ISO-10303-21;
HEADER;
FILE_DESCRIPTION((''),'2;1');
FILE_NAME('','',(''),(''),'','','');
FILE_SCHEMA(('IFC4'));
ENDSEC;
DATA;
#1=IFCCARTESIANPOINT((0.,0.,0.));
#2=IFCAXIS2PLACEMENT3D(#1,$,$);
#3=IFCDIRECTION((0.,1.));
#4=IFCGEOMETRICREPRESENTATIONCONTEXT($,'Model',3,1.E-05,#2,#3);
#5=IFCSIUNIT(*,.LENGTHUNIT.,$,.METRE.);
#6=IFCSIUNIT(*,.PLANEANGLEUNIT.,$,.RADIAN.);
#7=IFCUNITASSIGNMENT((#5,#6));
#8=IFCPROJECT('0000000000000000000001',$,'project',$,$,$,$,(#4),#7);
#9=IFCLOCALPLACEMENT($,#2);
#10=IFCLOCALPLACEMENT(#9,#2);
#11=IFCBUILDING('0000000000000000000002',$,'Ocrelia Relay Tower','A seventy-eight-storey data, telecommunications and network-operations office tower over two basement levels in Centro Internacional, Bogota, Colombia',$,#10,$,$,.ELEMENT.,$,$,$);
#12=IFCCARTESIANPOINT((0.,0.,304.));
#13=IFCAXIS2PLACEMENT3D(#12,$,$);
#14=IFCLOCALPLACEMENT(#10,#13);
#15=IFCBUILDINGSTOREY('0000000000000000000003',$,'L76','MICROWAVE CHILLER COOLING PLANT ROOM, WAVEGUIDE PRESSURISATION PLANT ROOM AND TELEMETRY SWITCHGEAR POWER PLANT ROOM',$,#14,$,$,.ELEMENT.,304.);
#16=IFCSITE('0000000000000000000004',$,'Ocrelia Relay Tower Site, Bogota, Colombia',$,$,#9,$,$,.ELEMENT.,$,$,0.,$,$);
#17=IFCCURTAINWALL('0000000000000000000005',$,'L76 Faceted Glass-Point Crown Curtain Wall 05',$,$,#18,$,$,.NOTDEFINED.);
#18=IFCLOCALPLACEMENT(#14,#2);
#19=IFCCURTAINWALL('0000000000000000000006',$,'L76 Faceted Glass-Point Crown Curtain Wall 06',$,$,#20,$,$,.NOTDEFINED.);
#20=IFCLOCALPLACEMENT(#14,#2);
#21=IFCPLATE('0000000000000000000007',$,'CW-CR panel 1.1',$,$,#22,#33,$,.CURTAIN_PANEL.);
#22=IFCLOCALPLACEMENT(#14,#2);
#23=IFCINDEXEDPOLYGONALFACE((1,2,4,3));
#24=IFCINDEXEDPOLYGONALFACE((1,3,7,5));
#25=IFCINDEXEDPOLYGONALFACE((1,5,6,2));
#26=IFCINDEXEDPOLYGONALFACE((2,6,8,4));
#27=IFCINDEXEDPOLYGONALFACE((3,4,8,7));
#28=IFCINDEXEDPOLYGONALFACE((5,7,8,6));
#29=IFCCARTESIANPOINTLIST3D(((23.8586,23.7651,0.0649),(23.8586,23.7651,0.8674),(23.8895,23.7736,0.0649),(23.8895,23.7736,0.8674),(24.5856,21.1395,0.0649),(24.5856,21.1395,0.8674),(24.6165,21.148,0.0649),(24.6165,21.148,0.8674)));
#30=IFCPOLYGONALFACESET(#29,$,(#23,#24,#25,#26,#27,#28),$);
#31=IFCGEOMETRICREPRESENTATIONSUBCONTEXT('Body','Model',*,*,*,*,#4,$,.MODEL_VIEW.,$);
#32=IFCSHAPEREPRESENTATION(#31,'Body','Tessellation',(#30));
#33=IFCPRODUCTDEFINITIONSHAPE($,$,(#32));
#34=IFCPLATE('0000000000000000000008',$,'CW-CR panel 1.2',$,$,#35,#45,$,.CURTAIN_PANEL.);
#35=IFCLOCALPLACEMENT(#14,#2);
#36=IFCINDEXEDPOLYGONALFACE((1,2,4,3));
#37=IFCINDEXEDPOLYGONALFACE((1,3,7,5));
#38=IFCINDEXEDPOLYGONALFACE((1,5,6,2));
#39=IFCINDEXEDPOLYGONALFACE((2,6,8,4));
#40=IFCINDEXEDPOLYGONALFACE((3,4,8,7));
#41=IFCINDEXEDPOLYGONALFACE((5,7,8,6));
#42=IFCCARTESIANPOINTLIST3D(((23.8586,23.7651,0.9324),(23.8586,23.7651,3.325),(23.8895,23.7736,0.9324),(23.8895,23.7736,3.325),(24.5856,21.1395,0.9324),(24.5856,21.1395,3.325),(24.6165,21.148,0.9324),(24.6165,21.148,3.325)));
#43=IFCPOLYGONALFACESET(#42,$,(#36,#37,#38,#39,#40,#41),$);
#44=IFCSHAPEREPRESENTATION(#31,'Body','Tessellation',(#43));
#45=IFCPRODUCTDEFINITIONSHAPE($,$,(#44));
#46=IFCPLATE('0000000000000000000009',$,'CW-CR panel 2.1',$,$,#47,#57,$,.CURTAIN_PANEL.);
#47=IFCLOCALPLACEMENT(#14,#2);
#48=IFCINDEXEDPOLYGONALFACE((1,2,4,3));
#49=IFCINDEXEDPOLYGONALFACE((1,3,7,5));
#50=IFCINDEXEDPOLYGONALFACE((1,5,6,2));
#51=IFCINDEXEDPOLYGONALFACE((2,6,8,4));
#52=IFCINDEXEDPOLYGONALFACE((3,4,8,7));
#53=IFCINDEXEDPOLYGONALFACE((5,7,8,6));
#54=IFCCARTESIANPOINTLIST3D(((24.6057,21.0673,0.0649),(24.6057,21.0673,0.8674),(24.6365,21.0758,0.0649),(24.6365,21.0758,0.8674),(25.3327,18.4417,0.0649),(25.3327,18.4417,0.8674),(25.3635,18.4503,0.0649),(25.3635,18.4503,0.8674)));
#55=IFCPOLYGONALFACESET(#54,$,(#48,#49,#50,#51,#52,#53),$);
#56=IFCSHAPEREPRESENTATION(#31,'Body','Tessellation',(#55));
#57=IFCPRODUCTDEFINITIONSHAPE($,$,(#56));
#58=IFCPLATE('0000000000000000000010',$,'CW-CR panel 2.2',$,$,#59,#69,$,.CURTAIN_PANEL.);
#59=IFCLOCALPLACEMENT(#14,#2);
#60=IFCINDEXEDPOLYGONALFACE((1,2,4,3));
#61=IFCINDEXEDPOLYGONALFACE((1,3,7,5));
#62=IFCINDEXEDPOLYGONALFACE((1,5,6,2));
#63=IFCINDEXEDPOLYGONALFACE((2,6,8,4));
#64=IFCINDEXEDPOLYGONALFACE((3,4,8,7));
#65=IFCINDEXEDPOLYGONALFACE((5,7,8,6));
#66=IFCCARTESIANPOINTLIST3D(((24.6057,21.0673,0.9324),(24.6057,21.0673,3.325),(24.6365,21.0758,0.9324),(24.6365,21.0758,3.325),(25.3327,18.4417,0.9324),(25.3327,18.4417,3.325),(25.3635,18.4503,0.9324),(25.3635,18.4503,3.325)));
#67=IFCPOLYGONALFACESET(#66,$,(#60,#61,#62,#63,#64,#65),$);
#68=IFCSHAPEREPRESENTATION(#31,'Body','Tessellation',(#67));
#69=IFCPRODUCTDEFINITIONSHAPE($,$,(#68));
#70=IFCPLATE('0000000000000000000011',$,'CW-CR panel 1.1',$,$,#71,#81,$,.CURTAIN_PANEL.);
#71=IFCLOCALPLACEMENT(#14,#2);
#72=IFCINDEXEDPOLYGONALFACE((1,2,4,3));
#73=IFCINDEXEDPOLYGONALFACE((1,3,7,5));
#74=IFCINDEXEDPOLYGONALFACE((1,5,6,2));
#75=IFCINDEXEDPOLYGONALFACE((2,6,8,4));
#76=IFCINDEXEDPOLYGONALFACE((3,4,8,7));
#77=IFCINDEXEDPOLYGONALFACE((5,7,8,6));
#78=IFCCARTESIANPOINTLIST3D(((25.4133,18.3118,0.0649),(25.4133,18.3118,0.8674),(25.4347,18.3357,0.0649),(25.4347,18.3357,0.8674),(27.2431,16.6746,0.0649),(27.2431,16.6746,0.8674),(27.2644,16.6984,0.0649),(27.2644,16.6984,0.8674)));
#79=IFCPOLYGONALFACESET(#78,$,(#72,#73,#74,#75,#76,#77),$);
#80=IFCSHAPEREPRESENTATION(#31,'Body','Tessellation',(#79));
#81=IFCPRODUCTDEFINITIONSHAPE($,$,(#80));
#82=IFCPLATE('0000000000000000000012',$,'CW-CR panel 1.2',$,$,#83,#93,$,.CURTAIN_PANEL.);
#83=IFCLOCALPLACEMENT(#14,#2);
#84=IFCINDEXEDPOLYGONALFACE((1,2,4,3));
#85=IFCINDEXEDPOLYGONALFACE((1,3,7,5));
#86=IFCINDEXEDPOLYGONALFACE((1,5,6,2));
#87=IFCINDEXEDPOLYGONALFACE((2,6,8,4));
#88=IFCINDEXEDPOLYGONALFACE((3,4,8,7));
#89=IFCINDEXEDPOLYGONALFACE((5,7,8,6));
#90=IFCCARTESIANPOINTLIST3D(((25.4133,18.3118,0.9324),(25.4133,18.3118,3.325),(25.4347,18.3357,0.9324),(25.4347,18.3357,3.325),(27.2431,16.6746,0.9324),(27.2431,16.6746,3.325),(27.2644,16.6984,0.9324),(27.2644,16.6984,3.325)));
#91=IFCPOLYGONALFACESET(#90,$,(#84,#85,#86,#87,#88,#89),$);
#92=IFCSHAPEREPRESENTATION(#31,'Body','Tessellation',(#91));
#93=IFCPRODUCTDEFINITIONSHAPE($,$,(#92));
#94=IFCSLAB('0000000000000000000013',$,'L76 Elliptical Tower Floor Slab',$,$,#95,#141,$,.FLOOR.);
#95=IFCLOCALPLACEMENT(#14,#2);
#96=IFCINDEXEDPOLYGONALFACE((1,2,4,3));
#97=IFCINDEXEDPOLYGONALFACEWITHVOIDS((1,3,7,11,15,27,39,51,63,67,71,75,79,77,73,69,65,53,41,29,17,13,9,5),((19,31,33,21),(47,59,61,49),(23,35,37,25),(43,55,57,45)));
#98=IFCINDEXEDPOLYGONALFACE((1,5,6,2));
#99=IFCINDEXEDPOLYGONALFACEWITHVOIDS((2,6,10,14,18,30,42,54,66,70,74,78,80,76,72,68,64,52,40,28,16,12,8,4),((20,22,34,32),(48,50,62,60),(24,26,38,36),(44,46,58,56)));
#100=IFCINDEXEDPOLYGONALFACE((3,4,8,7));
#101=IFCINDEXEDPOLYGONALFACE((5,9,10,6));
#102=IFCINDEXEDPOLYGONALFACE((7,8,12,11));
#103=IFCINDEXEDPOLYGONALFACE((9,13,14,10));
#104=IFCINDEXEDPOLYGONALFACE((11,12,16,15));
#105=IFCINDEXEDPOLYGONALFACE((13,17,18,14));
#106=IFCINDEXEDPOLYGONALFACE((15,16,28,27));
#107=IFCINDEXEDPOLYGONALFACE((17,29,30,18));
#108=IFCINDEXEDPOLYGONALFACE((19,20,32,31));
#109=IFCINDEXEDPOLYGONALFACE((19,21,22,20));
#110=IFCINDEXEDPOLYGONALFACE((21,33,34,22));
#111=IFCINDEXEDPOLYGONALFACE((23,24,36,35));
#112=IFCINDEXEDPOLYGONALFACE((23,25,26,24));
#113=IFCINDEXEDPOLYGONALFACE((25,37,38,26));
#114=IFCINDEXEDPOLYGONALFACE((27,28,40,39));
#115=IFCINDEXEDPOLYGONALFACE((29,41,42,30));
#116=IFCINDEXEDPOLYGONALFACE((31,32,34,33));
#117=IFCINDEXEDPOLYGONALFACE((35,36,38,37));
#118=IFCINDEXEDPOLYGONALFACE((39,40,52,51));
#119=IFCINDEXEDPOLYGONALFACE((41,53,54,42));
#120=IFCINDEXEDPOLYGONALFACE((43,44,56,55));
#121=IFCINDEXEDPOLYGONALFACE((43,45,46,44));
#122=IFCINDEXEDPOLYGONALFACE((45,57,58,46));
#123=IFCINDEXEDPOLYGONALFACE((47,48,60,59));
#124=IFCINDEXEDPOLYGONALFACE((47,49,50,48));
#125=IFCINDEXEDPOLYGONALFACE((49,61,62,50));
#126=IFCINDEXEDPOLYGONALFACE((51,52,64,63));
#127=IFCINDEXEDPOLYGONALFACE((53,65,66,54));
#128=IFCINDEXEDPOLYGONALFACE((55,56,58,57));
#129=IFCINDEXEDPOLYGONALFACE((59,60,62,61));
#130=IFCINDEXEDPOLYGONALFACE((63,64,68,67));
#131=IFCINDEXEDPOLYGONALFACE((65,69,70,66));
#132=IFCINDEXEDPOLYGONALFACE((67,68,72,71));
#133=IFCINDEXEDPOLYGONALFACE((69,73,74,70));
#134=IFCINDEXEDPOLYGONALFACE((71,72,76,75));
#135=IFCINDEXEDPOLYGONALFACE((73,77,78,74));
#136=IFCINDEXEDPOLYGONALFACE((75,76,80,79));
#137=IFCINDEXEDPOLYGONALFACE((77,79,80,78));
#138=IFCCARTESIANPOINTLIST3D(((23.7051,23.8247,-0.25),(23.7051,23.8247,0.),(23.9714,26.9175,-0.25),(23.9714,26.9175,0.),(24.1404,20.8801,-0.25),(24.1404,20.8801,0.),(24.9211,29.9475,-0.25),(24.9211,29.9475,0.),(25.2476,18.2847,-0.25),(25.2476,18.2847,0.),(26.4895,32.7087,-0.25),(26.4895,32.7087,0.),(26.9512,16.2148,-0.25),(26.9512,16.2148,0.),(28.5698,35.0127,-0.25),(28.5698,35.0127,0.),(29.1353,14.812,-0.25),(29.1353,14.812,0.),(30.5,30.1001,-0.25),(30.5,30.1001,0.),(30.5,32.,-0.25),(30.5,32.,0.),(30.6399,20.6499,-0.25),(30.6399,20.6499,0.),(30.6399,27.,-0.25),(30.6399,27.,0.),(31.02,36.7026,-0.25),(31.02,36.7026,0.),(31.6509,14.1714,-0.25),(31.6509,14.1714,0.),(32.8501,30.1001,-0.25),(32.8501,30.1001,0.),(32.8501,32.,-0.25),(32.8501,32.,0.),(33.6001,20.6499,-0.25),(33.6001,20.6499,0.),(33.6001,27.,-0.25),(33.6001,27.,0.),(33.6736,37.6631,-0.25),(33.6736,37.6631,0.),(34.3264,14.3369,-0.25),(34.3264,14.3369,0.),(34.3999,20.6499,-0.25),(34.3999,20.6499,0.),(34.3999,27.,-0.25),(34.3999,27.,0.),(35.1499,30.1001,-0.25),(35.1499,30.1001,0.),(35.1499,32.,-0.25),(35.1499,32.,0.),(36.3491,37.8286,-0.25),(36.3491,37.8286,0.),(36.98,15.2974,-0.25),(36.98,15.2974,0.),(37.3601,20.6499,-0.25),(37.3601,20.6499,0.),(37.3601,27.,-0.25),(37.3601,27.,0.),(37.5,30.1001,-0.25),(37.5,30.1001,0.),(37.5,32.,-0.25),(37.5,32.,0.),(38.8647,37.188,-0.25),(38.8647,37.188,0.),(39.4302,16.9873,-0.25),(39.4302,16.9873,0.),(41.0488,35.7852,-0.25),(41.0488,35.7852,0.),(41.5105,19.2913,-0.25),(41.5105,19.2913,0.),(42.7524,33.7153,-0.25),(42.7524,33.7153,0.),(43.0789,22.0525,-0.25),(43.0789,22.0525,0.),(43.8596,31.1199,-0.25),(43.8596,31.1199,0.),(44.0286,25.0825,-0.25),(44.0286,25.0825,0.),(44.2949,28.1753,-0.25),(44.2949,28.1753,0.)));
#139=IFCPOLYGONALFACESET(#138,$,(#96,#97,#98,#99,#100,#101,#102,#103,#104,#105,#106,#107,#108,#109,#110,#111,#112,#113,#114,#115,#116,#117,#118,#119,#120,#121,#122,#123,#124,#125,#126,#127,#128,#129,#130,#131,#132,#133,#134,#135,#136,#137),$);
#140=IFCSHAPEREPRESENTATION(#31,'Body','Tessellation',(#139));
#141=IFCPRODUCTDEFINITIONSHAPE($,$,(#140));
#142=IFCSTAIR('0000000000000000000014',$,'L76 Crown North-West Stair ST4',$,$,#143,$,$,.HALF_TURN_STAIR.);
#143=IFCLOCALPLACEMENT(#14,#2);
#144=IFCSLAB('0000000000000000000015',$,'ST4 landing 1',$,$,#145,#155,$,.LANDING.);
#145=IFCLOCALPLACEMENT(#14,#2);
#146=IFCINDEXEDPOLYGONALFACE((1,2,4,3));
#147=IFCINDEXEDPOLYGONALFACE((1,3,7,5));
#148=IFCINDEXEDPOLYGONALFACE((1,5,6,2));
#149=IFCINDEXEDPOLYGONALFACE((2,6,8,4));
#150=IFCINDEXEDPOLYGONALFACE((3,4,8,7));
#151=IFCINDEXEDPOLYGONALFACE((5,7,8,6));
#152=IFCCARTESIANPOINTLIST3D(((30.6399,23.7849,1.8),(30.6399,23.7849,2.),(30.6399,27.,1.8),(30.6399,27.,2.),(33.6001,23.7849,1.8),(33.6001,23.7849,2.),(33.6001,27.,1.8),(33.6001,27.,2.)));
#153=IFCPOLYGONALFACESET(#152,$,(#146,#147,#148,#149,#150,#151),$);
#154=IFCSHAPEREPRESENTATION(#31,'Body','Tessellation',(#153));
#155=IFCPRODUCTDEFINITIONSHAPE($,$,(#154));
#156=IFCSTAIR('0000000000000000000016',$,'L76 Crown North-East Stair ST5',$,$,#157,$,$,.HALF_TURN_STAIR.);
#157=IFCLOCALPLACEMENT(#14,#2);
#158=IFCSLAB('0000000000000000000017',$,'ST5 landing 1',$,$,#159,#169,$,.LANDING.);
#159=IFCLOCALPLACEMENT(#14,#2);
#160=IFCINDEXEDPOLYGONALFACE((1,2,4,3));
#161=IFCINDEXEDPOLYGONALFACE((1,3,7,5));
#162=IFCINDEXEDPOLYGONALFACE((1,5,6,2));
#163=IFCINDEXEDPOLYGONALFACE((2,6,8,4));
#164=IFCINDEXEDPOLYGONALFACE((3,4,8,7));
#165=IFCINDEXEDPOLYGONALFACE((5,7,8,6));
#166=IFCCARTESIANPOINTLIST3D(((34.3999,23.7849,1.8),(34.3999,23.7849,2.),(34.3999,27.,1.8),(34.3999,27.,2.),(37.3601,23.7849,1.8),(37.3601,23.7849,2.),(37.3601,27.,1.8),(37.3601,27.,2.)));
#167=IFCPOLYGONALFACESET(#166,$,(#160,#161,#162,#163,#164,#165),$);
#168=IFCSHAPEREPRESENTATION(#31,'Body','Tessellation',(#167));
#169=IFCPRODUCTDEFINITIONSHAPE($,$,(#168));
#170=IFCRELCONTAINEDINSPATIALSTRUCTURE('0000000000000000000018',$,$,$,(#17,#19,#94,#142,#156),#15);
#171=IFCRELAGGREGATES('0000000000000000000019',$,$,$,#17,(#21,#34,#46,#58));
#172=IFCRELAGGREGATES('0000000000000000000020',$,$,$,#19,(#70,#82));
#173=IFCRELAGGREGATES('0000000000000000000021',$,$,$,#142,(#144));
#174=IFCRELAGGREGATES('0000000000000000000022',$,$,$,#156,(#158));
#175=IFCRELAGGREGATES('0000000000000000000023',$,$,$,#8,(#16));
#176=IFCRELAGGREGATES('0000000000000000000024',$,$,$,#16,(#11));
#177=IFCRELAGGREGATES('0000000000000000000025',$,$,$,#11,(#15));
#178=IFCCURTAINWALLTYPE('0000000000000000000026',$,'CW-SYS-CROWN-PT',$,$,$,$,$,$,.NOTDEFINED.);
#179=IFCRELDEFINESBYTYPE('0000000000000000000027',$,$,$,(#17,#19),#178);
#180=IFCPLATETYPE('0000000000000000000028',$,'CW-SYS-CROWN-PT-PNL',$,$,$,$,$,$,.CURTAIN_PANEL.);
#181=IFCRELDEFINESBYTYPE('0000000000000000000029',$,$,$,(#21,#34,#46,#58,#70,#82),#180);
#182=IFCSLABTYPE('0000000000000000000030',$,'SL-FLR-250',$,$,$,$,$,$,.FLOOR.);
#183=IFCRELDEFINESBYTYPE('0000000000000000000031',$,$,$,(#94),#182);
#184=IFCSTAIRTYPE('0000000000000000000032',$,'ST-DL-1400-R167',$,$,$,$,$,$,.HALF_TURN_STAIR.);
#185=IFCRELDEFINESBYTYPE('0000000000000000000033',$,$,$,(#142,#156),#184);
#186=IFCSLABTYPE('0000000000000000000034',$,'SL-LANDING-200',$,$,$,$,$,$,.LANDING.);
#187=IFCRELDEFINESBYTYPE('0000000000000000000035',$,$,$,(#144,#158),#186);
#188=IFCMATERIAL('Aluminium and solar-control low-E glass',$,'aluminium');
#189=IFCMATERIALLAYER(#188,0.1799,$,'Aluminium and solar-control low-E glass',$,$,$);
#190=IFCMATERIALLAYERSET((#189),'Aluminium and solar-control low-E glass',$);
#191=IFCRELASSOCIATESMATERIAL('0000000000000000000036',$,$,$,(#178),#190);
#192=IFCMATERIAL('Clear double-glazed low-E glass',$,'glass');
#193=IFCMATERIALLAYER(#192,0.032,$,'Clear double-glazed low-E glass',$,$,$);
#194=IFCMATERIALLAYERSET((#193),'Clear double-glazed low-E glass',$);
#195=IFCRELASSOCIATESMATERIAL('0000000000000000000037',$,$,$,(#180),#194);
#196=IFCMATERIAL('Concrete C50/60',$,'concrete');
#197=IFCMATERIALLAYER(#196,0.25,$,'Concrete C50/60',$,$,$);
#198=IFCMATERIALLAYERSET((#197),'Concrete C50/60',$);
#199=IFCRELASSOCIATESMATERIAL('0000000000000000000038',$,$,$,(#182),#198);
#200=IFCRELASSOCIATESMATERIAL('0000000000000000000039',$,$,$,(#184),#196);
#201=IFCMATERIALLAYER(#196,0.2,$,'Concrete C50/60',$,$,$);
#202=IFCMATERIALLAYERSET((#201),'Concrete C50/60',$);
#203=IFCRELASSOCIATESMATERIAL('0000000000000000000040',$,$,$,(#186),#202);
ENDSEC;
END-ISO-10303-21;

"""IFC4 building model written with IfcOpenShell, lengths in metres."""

from ifc_helpers import new_model, si_unit, direction, frame, origin, origin_2d, place, context, subcontext, project, spatial, polyline, rectangle, outline, extrude, material, layer, layer_set, type_object, element, aggregate, save


model = new_model("IFC4")

# Units and contexts
model_context = context("Model", 3, precision=1e-05, world=origin(), true_north=direction((0.0, 1.0)))
body_context = subcontext(model_context, "Body", "Model", "MODEL_VIEW")
ifc_project = project(units=[si_unit("LENGTHUNIT", "METRE"), si_unit("PLANEANGLEUNIT", "RADIAN")], contexts=[model_context])

# Site, building, storey
site_placement = place(None, origin())
site = spatial("IfcSite", under=ifc_project, at=site_placement, Name="Ocrelia Relay Tower Site, Bogota, Colombia", CompositionType="ELEMENT", RefElevation=0.0)
building_placement = place(site_placement, origin())
building = spatial("IfcBuilding", under=site, at=building_placement, Name="Ocrelia Relay Tower", Description="A seventy-eight-storey data, telecommunications and network-operations office tower over two basement levels in Centro Internacional, Bogota, Colombia", CompositionType="ELEMENT")
storey_placement = place(building_placement, frame((0.0, 0.0, 304.0)))
storey = spatial("IfcBuildingStorey", under=building, at=storey_placement, Name="L76", Description="MICROWAVE CHILLER COOLING PLANT ROOM, WAVEGUIDE PRESSURISATION PLANT ROOM AND TELEMETRY SWITCHGEAR POWER PLANT ROOM", CompositionType="ELEMENT", Elevation=304.0)

# Curtain walls
ifc_material_1 = material(Name="Aluminium and solar-control low-E glass", Category="aluminium")
ifc_layer_1 = layer(ifc_material_1, 0.1799, Name="Aluminium and solar-control low-E glass")
ifc_layer_set_1 = layer_set([ifc_layer_1], Name="Aluminium and solar-control low-E glass")
curtain_wall_type = type_object("IfcCurtainWallType", Name="CW-SYS-CROWN-PT", PredefinedType="NOTDEFINED", material=ifc_layer_set_1)
curtain_wall_1_placement = place(storey_placement, origin())
curtain_wall_1 = element("IfcCurtainWall", 1, at=curtain_wall_1_placement, inside=storey, type_object=curtain_wall_type, Name="L76 Faceted Glass-Point Crown Curtain Wall 05", PredefinedType="NOTDEFINED")
curtain_wall_2_placement = place(storey_placement, origin())
curtain_wall_2 = element("IfcCurtainWall", 2, at=curtain_wall_2_placement, inside=storey, type_object=curtain_wall_type, Name="L76 Faceted Glass-Point Crown Curtain Wall 06", PredefinedType="NOTDEFINED")

# Plates
ifc_material_2 = material(Name="Clear double-glazed low-E glass", Category="glass")
ifc_layer_2 = layer(ifc_material_2, 0.032, Name="Clear double-glazed low-E glass")
ifc_layer_set_2 = layer_set([ifc_layer_2], Name="Clear double-glazed low-E glass")
plate_type = type_object("IfcPlateType", Name="CW-SYS-CROWN-PT-PNL", PredefinedType="CURTAIN_PANEL", material=ifc_layer_set_2)
plate_1_placement = place(storey_placement, frame((24.2375, 22.4565, 0.0649), z_axis=(0.0, 0.0, 1.0), x_axis=(0.266853, -0.963737, 0.0)))
plate_1 = element("IfcPlate", 3, at=plate_1_placement, type_object=plate_type, Name="CW-CR panel 1.1", PredefinedType="CURTAIN_PANEL", context=body_context, shape_type="SweptSolid", body=[
    extrude(rectangle(XDim=2.7244, YDim=0.032, at=origin_2d()), origin(), (0.0, 0.0, 1.0), 0.8025),
])
plate_2_placement = place(storey_placement, frame((24.2375, 22.4565, 0.9324), z_axis=(0.0, 0.0, 1.0), x_axis=(0.266853, -0.963737, 0.0)))
plate_2 = element("IfcPlate", 4, at=plate_2_placement, type_object=plate_type, Name="CW-CR panel 1.2", PredefinedType="CURTAIN_PANEL", context=body_context, shape_type="SweptSolid", body=[
    extrude(rectangle(XDim=2.7244, YDim=0.032, at=origin_2d()), origin(), (0.0, 0.0, 1.0), 2.3926),
])
plate_3_placement = place(storey_placement, frame((24.9846, 19.7588, 0.0649), z_axis=(0.0, 0.0, 1.0), x_axis=(0.266853, -0.963737, 0.0)))
plate_3 = element("IfcPlate", 5, at=plate_3_placement, type_object=plate_type, Name="CW-CR panel 2.1", PredefinedType="CURTAIN_PANEL", context=body_context, shape_type="SweptSolid", body=[
    extrude(rectangle(XDim=2.7244, YDim=0.032, at=origin_2d()), origin(), (0.0, 0.0, 1.0), 0.8025),
])
plate_4_placement = place(storey_placement, frame((24.9846, 19.7588, 0.9324), z_axis=(0.0, 0.0, 1.0), x_axis=(0.266853, -0.963737, 0.0)))
plate_4 = element("IfcPlate", 6, at=plate_4_placement, type_object=plate_type, Name="CW-CR panel 2.2", PredefinedType="CURTAIN_PANEL", context=body_context, shape_type="SweptSolid", body=[
    extrude(rectangle(XDim=2.7244, YDim=0.032, at=origin_2d()), origin(), (0.0, 0.0, 1.0), 2.3926),
])
aggregate(curtain_wall_1, [plate_1, plate_2, plate_3, plate_4])
plate_5_placement = place(storey_placement, frame((26.3389, 17.5051, 0.0649), z_axis=(0.0, 0.0, 1.0), x_axis=(0.745218, -0.666821, 0.0)))
plate_5 = element("IfcPlate", 7, at=plate_5_placement, type_object=plate_type, Name="CW-CR panel 1.1", PredefinedType="CURTAIN_PANEL", context=body_context, shape_type="SweptSolid", body=[
    extrude(rectangle(XDim=2.4553, YDim=0.032, at=origin_2d()), origin(), (0.0, 0.0, 1.0), 0.8025),
])
plate_6_placement = place(storey_placement, frame((26.3389, 17.5051, 0.9324), z_axis=(0.0, 0.0, 1.0), x_axis=(0.745218, -0.666821, 0.0)))
plate_6 = element("IfcPlate", 8, at=plate_6_placement, type_object=plate_type, Name="CW-CR panel 1.2", PredefinedType="CURTAIN_PANEL", context=body_context, shape_type="SweptSolid", body=[
    extrude(rectangle(XDim=2.4553, YDim=0.032, at=origin_2d()), origin(), (0.0, 0.0, 1.0), 2.3926),
])
aggregate(curtain_wall_2, [plate_5, plate_6])

# Slab
ifc_material_3 = material(Name="Concrete C50/60", Category="concrete")
ifc_layer_3 = layer(ifc_material_3, 0.25, Name="Concrete C50/60")
ifc_layer_set_3 = layer_set([ifc_layer_3], Name="Concrete C50/60")
slab_type_1 = type_object("IfcSlabType", Name="SL-FLR-250", PredefinedType="FLOOR", material=ifc_layer_set_3)
slab_1_placement = place(storey_placement, frame((0.0, 0.0, -0.25)))
element("IfcSlab", 9, at=slab_1_placement, inside=storey, type_object=slab_type_1, Name="L76 Elliptical Tower Floor Slab", PredefinedType="FLOOR", context=body_context, shape_type="SweptSolid", body=[
    extrude(outline(polyline([(38.8647, 37.188), (36.3491, 37.8286), (33.6736, 37.6631), (31.02, 36.7026), (28.5698, 35.0127), (26.4895, 32.7087), (24.9211, 29.9475), (23.9714, 26.9175), (23.7051, 23.8247), (24.1404, 20.8801), (25.2476, 18.2847), (26.9512, 16.2148), (29.1353, 14.812), (31.6509, 14.1714), (34.3264, 14.3369), (36.98, 15.2974), (39.4302, 16.9873), (41.5105, 19.2913), (43.0789, 22.0525), (44.0286, 25.0825), (44.2949, 28.1753), (43.8596, 31.1199), (42.7524, 33.7153), (41.0488, 35.7852), (38.8647, 37.188)]), holes=[polyline([(33.6001, 20.6499), (33.6001, 27.0), (30.6399, 27.0), (30.6399, 20.6499), (33.6001, 20.6499)]), polyline([(37.3601, 20.6499), (37.3601, 27.0), (34.3999, 27.0), (34.3999, 20.6499), (37.3601, 20.6499)]), polyline([(30.5, 30.1001), (32.8501, 30.1001), (32.8501, 32.0), (30.5, 32.0), (30.5, 30.1001)]), polyline([(35.1499, 30.1001), (37.5, 30.1001), (37.5, 32.0), (35.1499, 32.0), (35.1499, 30.1001)])]), origin(), (0.0, 0.0, 1.0), 0.25),
])

# Stairs, slabs
stair_type = type_object("IfcStairType", Name="ST-DL-1400-R167", PredefinedType="HALF_TURN_STAIR", material=ifc_material_3)
stair_1_placement = place(storey_placement, origin())
stair_1 = element("IfcStair", 10, at=stair_1_placement, inside=storey, type_object=stair_type, Name="L76 Crown North-West Stair ST4", PredefinedType="HALF_TURN_STAIR")
ifc_layer_4 = layer(ifc_material_3, 0.2, Name="Concrete C50/60")
ifc_layer_set_4 = layer_set([ifc_layer_4], Name="Concrete C50/60")
slab_type_2 = type_object("IfcSlabType", Name="SL-LANDING-200", PredefinedType="LANDING", material=ifc_layer_set_4)
slab_2_placement = place(storey_placement, frame((0.0, 0.0, 1.8)))
slab_2 = element("IfcSlab", 11, at=slab_2_placement, type_object=slab_type_2, Name="ST4 landing 1", PredefinedType="LANDING", context=body_context, shape_type="SweptSolid", body=[
    extrude(outline(polyline([(33.6001, 23.7849), (33.6001, 27.0), (30.6399, 27.0), (30.6399, 23.7849), (33.6001, 23.7849)])), origin(), (0.0, 0.0, 1.0), 0.2),
])
aggregate(stair_1, [slab_2])
stair_2_placement = place(storey_placement, origin())
stair_2 = element("IfcStair", 12, at=stair_2_placement, inside=storey, type_object=stair_type, Name="L76 Crown North-East Stair ST5", PredefinedType="HALF_TURN_STAIR")
slab_3_placement = place(storey_placement, frame((0.0, 0.0, 1.8)))
slab_3 = element("IfcSlab", 13, at=slab_3_placement, type_object=slab_type_2, Name="ST5 landing 1", PredefinedType="LANDING", context=body_context, shape_type="SweptSolid", body=[
    extrude(outline(polyline([(37.3601, 23.7849), (37.3601, 27.0), (34.3999, 27.0), (34.3999, 23.7849), (37.3601, 23.7849)])), origin(), (0.0, 0.0, 1.0), 0.2),
])
aggregate(stair_2, [slab_3])

save(model, "model.ifc")
